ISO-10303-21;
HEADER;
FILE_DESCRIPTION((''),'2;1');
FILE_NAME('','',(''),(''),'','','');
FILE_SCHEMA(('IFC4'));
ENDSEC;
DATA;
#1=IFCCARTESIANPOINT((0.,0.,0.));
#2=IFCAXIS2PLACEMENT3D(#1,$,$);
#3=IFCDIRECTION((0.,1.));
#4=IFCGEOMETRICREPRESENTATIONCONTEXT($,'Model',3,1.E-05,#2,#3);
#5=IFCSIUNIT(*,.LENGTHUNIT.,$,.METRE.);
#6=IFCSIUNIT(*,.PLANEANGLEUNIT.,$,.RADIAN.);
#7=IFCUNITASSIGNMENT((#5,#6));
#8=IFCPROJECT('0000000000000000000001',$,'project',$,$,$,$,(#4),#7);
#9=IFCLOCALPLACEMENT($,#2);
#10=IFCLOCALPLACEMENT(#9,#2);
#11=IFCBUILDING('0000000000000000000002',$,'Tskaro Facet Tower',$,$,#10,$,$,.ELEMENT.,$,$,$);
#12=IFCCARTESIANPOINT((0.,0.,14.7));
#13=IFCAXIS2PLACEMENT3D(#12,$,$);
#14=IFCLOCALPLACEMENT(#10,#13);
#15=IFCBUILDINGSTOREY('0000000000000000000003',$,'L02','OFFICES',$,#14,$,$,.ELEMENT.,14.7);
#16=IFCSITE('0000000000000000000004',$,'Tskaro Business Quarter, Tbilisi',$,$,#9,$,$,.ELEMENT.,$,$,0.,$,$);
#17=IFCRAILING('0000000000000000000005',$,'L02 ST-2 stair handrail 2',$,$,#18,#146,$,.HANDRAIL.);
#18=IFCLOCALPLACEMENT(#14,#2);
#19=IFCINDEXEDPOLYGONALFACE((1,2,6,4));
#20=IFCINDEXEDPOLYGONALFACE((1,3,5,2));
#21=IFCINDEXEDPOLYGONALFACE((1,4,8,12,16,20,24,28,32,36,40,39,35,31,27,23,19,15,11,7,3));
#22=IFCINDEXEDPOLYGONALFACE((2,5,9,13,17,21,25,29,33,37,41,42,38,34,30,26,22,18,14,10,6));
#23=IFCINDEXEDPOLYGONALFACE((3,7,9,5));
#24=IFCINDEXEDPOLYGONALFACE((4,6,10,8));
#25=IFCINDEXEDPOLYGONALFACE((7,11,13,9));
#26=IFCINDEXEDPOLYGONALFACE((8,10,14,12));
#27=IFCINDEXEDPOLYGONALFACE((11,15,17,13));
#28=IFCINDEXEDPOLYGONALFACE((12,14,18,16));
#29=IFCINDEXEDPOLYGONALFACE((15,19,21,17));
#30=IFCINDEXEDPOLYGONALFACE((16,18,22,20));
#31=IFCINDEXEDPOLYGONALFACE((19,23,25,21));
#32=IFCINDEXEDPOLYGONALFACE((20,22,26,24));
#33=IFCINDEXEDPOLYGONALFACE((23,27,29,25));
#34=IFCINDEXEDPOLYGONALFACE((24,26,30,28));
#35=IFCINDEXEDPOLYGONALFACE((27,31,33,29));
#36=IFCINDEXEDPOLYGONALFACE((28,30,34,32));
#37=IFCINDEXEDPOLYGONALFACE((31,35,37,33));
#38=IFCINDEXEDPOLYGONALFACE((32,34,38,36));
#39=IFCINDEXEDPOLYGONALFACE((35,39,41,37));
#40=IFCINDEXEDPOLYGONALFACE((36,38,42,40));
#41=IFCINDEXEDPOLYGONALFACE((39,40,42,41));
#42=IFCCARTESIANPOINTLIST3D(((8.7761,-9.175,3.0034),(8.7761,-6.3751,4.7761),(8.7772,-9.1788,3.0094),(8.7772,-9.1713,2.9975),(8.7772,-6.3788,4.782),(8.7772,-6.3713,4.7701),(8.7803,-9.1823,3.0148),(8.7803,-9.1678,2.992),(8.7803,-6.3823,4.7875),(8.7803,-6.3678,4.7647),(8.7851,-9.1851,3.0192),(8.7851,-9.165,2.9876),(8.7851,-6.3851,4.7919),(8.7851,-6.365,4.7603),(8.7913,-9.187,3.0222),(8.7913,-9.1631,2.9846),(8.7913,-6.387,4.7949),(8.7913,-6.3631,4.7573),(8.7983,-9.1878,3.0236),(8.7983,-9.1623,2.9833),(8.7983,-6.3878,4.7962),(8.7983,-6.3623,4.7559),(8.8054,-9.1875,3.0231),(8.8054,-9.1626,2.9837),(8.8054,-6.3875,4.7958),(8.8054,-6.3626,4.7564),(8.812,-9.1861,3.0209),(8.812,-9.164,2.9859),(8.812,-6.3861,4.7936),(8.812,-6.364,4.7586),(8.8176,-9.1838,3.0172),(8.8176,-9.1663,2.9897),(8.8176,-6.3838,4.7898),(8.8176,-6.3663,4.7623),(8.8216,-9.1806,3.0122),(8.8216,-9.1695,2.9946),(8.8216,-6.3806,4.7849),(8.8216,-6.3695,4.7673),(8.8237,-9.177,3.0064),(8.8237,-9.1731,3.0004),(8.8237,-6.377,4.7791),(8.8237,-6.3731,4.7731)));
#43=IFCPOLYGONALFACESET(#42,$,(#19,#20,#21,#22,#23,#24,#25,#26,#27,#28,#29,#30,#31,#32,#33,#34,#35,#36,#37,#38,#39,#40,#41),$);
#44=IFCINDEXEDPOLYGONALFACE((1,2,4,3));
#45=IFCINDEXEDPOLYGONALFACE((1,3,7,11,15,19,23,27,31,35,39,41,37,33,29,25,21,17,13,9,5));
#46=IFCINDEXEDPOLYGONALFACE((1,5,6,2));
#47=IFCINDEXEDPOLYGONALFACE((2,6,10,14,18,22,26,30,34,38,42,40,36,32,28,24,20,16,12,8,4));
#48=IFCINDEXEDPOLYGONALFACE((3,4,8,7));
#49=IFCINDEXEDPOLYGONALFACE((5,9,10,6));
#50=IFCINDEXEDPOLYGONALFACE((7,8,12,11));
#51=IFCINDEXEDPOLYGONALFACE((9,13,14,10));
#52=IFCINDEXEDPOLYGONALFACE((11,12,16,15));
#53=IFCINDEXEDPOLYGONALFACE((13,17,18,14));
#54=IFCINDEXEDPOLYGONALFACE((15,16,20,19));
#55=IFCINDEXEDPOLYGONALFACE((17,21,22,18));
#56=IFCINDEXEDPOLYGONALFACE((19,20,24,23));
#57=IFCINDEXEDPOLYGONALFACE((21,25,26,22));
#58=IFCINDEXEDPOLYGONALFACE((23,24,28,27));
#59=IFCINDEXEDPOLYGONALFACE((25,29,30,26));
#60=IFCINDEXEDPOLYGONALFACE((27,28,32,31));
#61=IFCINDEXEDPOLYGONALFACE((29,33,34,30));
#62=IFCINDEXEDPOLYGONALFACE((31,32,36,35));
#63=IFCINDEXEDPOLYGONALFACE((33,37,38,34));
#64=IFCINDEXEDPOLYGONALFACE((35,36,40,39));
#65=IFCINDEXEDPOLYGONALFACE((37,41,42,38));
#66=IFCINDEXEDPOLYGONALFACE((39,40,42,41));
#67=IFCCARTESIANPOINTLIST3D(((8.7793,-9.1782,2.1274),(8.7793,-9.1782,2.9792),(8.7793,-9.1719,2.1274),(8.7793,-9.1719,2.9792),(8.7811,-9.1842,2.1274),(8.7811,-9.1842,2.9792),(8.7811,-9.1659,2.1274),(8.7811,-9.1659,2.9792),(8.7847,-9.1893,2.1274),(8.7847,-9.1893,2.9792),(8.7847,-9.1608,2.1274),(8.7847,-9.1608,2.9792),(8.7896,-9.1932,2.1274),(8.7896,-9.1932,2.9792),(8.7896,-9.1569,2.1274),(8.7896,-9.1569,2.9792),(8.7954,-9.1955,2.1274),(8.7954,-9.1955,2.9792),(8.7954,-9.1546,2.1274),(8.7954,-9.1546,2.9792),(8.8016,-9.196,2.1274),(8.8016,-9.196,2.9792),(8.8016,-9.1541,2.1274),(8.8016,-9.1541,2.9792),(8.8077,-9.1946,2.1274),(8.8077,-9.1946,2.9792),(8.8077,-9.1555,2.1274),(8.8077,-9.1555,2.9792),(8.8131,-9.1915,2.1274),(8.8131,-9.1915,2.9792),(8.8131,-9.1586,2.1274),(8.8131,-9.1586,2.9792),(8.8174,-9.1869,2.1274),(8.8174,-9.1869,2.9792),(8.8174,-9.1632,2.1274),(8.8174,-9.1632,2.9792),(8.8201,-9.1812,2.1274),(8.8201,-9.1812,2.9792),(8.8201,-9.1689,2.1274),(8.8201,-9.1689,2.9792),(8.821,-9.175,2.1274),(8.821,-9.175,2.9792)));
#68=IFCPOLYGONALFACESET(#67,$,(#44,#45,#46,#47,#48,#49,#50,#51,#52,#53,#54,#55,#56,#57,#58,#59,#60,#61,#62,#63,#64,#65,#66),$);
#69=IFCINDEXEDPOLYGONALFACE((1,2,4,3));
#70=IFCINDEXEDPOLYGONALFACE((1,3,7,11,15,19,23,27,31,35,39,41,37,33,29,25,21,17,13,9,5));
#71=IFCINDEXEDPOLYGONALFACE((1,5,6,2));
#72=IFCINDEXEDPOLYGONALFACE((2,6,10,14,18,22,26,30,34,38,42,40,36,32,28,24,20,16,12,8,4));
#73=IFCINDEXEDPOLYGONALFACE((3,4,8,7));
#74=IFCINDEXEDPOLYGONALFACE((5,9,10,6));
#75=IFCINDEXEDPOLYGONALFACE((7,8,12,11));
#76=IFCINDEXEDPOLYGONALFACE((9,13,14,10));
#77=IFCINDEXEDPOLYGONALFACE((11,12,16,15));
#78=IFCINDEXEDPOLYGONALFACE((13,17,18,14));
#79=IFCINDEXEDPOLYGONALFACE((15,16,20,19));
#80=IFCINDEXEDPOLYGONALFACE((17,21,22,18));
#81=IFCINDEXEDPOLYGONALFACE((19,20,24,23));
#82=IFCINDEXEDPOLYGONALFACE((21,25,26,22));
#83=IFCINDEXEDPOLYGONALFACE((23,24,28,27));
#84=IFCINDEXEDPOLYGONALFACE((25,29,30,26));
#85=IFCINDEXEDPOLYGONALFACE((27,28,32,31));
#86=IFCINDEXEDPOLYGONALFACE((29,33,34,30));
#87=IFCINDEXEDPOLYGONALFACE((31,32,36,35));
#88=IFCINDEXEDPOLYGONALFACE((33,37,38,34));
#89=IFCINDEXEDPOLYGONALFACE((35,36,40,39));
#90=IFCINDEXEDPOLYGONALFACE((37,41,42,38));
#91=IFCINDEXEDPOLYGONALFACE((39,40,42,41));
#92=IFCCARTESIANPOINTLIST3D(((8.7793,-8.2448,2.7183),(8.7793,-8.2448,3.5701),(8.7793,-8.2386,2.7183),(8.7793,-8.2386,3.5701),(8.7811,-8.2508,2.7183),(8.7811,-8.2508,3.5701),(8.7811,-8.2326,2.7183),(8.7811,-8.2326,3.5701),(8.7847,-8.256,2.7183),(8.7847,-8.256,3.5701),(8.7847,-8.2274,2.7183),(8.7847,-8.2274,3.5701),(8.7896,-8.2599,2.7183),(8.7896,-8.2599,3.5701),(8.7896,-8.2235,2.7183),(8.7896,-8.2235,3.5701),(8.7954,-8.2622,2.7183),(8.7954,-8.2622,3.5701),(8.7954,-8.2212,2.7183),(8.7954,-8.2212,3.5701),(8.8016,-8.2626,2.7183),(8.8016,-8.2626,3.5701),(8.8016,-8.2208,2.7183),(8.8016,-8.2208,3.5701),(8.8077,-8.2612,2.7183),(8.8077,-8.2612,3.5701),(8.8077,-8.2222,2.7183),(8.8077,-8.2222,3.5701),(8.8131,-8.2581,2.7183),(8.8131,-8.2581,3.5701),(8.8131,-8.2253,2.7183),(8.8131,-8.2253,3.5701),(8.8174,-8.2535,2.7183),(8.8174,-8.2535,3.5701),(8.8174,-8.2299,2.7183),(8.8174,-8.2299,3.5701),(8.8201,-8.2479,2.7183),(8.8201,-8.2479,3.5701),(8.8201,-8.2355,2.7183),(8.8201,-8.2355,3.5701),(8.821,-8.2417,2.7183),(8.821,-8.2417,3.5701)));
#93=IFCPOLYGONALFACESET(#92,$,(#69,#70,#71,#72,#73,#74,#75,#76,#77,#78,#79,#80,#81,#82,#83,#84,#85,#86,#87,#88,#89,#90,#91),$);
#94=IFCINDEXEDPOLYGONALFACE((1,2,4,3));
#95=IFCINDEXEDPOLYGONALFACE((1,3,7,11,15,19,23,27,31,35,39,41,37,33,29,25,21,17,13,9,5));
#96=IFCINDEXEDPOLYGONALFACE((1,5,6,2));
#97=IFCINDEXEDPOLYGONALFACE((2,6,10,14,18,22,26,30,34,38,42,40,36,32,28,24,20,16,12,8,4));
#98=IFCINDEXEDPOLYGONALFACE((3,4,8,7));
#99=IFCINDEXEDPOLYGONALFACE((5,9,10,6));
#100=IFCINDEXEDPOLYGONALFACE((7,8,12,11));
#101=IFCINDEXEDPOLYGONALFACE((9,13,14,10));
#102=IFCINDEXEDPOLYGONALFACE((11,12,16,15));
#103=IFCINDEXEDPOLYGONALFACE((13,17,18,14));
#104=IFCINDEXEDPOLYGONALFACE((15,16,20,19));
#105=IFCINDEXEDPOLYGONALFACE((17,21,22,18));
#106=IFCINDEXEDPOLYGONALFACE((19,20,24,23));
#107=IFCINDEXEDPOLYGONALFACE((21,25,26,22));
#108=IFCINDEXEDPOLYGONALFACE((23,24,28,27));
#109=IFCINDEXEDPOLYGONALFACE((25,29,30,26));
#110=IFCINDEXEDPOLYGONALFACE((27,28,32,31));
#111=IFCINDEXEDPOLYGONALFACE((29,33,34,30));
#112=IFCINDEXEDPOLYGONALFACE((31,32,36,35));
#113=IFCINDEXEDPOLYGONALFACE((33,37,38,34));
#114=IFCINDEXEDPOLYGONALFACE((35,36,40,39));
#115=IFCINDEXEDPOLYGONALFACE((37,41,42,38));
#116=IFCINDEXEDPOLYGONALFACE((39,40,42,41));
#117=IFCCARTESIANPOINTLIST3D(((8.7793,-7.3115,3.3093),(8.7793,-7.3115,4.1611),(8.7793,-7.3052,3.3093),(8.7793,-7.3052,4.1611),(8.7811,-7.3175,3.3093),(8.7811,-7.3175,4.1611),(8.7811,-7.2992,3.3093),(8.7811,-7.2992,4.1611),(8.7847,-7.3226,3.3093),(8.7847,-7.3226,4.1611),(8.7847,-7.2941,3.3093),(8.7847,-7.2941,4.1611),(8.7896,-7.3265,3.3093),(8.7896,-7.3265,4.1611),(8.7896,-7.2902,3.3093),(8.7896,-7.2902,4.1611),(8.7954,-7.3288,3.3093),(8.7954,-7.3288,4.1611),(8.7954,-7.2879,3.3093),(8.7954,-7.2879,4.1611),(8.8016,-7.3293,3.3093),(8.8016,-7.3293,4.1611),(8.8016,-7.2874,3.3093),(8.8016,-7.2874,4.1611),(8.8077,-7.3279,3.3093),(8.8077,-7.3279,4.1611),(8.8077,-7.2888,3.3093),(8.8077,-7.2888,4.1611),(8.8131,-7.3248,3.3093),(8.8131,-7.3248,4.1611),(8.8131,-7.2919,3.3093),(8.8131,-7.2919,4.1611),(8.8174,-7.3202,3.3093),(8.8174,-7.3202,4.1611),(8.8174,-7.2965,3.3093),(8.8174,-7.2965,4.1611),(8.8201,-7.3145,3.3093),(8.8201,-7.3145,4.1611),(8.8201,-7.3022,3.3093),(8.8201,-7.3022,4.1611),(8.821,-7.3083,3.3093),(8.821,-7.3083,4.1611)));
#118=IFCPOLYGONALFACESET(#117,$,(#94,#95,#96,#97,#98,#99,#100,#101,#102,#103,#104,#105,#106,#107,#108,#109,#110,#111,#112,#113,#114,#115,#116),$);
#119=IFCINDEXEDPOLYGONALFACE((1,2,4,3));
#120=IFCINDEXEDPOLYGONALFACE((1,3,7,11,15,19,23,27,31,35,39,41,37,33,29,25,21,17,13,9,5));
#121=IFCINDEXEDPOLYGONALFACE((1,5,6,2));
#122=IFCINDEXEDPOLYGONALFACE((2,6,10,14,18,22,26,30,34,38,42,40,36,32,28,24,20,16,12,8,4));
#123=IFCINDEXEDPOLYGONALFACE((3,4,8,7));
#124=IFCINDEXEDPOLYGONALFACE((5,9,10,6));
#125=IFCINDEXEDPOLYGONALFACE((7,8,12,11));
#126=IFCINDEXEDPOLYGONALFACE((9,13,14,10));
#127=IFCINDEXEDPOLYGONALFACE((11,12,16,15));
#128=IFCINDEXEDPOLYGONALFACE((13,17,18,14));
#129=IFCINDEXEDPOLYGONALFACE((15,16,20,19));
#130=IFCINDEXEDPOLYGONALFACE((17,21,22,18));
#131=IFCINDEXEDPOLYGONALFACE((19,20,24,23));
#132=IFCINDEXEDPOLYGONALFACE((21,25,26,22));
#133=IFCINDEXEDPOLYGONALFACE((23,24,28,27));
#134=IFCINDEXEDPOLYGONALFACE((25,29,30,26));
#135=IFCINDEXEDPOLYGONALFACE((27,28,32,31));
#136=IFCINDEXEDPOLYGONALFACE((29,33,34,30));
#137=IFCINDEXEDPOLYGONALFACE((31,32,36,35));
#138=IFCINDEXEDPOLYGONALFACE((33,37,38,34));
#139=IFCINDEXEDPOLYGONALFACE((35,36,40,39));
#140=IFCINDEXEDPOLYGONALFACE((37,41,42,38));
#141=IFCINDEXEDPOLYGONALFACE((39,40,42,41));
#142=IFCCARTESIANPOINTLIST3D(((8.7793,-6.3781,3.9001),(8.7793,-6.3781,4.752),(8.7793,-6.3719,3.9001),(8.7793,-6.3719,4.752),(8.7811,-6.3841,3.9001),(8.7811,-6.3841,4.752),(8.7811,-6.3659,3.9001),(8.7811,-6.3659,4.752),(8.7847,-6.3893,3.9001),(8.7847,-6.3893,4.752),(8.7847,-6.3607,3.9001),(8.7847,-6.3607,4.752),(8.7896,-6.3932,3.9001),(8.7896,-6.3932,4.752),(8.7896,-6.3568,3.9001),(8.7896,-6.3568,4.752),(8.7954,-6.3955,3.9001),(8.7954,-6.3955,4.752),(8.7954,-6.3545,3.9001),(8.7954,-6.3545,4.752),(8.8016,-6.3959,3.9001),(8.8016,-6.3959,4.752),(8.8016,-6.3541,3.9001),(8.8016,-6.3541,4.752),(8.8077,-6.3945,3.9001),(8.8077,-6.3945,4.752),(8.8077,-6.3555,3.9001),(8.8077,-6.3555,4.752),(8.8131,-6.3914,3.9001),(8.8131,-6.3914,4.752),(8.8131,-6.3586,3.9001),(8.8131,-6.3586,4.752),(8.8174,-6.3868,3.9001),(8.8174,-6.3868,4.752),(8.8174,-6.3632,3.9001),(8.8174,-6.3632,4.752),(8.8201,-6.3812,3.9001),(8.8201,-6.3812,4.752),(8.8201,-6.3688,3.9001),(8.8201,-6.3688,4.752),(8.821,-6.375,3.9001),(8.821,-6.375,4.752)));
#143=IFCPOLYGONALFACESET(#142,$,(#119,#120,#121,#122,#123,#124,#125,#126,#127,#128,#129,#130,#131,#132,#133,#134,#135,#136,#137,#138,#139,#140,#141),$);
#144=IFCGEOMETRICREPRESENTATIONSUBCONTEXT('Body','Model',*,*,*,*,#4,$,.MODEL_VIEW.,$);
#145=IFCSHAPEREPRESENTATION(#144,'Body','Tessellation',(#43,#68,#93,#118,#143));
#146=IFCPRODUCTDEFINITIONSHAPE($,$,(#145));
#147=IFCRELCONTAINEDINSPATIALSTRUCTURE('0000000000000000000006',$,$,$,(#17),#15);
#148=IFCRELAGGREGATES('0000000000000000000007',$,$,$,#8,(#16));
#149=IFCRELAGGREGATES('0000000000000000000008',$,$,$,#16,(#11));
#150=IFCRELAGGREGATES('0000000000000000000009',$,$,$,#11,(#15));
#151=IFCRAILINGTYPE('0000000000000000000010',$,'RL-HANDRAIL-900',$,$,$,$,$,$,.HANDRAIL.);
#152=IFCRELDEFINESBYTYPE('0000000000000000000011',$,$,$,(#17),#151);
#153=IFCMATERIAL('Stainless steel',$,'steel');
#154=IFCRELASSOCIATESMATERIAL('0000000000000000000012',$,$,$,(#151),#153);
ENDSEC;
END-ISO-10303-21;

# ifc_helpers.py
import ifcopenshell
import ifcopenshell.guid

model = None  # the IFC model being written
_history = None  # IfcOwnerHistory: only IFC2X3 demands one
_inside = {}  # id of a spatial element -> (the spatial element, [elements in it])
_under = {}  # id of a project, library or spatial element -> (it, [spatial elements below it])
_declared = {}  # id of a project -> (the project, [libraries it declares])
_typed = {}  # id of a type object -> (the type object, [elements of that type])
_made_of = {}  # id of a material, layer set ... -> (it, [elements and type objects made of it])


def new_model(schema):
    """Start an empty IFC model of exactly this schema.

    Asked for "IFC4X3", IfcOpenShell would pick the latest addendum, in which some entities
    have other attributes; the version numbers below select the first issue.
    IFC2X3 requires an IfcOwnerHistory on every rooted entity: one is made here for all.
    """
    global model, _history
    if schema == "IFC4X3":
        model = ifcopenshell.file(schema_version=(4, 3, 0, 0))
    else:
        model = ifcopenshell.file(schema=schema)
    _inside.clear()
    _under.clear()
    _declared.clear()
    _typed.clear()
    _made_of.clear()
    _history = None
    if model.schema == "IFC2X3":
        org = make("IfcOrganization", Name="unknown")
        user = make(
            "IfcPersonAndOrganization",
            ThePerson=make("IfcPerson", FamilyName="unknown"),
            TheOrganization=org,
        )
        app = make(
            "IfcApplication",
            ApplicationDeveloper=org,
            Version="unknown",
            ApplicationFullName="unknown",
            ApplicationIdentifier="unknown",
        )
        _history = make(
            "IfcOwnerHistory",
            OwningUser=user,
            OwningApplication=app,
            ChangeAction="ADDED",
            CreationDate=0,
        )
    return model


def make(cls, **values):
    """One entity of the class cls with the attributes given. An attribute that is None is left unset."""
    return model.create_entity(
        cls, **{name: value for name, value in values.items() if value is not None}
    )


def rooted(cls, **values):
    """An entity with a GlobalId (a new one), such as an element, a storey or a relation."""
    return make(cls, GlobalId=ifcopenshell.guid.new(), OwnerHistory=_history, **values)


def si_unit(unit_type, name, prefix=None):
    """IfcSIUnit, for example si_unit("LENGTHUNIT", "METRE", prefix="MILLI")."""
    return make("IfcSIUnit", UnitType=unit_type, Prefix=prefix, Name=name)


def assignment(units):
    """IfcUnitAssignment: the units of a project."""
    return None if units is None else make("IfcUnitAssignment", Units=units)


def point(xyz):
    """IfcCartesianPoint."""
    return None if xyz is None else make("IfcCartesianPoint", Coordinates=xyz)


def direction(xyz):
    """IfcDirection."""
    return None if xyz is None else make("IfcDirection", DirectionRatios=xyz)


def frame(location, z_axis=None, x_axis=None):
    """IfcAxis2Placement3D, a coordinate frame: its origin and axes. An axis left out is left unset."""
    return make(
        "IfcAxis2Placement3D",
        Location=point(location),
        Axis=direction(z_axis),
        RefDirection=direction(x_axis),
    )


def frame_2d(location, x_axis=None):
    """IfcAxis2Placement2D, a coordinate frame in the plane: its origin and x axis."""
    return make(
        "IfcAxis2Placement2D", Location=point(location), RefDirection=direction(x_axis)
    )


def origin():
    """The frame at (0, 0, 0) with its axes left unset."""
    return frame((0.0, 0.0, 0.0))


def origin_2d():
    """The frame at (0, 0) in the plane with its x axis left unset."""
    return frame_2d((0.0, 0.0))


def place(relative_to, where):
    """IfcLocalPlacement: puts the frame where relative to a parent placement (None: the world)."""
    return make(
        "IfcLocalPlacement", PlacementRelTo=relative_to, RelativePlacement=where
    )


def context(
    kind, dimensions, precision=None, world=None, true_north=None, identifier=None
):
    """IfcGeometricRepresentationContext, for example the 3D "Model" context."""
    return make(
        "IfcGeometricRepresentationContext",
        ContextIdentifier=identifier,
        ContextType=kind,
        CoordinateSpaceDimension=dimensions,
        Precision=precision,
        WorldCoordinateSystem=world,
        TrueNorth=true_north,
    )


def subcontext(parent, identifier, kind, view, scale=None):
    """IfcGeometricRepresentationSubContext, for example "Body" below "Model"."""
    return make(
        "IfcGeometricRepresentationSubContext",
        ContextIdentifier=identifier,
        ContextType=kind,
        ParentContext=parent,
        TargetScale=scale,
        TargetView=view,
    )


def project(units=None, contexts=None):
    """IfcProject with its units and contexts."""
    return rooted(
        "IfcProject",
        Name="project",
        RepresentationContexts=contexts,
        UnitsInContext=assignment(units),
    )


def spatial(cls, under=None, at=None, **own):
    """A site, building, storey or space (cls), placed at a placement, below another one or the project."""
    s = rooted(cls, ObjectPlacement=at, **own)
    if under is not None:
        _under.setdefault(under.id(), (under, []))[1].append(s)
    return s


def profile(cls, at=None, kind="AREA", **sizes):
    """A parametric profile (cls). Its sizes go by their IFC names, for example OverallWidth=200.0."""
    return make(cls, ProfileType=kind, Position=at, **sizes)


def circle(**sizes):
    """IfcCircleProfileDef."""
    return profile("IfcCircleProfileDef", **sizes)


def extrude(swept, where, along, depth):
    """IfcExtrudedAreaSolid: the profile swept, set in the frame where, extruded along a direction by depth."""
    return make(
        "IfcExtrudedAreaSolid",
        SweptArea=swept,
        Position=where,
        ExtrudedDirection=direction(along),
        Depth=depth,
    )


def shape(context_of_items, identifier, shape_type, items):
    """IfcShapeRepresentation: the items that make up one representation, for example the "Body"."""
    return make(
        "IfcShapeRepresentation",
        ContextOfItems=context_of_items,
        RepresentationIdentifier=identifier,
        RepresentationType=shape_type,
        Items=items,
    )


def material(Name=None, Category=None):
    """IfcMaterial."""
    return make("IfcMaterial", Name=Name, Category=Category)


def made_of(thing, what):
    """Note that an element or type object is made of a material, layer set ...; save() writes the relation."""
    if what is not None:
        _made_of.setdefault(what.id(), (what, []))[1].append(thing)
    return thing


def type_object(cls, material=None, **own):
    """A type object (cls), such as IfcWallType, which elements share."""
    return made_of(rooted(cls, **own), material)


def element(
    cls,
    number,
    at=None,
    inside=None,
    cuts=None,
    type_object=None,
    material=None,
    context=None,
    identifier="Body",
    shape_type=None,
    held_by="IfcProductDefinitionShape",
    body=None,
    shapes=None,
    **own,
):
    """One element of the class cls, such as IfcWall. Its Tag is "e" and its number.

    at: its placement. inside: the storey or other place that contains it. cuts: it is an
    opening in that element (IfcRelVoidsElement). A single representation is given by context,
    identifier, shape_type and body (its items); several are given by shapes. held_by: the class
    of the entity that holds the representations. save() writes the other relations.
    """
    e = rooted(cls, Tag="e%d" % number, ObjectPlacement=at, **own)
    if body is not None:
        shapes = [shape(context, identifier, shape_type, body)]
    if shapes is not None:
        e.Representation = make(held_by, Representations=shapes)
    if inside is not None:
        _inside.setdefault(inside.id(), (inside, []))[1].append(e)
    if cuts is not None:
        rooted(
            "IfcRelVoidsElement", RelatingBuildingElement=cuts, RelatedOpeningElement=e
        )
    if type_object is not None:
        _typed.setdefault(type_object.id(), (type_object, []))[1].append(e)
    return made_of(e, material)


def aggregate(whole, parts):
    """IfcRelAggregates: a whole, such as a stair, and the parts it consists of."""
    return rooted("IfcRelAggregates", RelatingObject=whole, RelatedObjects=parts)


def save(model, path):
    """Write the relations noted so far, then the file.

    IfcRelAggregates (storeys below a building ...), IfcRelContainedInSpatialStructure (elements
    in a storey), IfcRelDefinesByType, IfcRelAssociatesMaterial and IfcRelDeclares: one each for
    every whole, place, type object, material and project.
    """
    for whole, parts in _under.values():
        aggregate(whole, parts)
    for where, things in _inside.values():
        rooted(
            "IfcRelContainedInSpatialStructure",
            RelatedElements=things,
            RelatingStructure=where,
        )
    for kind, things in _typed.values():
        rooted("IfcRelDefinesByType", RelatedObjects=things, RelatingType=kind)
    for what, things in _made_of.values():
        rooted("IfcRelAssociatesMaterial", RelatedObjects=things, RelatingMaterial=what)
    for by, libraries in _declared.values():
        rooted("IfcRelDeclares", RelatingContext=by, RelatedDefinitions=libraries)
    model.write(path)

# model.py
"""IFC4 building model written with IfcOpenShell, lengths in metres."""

from ifc_helpers import new_model, si_unit, direction, frame, origin, origin_2d, place, context, subcontext, project, spatial, circle, extrude, material, type_object, element, save


model = new_model("IFC4")

# Units and contexts
model_context = context("Model", 3, precision=1e-05, world=origin(), true_north=direction((0.0, 1.0)))
body_context = subcontext(model_context, "Body", "Model", "MODEL_VIEW")
ifc_project = project(units=[si_unit("LENGTHUNIT", "METRE"), si_unit("PLANEANGLEUNIT", "RADIAN")], contexts=[model_context])

# Site, building, storey
site_placement = place(None, origin())
site = spatial("IfcSite", under=ifc_project, at=site_placement, Name="Tskaro Business Quarter, Tbilisi", CompositionType="ELEMENT", RefElevation=0.0)
building_placement = place(site_placement, origin())
building = spatial("IfcBuilding", under=site, at=building_placement, Name="Tskaro Facet Tower", CompositionType="ELEMENT")
storey_placement = place(building_placement, frame((0.0, 0.0, 14.7)))
storey = spatial("IfcBuildingStorey", under=building, at=storey_placement, Name="L02", Description="OFFICES", CompositionType="ELEMENT", Elevation=14.7)

# Railing
ifc_material_1 = material(Name="Stainless steel", Category="steel")
railing_type_1 = type_object("IfcRailingType", Name="RL-HANDRAIL-900", PredefinedType="HANDRAIL", material=ifc_material_1)
railing_1_placement = place(storey_placement, frame((8.8, -9.175, 2.1274)))
element("IfcRailing", 1, at=railing_1_placement, inside=storey, type_object=railing_type_1, Name="L02 ST-2 stair handrail 2", PredefinedType="HANDRAIL", context=body_context, shape_type="SweptSolid", body=[
    extrude(circle(Radius=0.0239, at=origin_2d()), frame((0.0, 0.0, 0.876), z_axis=(0.0, 0.844909, 0.53491), x_axis=(-1.0, 0.0, 0.0)), (0.0, 0.0, 1.0), 3.314),
    extrude(circle(Radius=0.021, at=origin_2d()), origin(), (0.0, 0.0, 1.0), 0.8518),
    extrude(circle(Radius=0.021, at=origin_2d()), frame((0.0, 0.9333, 0.5908)), (0.0, 0.0, 1.0), 0.8518),
    extrude(circle(Radius=0.021, at=origin_2d()), frame((0.0, 1.8667, 1.1819)), (0.0, 0.0, 1.0), 0.8518),
    extrude(circle(Radius=0.021, at=origin_2d()), frame((0.0, 2.8, 1.7727)), (0.0, 0.0, 1.0), 0.8518),
])

save(model, "model.ifc")
